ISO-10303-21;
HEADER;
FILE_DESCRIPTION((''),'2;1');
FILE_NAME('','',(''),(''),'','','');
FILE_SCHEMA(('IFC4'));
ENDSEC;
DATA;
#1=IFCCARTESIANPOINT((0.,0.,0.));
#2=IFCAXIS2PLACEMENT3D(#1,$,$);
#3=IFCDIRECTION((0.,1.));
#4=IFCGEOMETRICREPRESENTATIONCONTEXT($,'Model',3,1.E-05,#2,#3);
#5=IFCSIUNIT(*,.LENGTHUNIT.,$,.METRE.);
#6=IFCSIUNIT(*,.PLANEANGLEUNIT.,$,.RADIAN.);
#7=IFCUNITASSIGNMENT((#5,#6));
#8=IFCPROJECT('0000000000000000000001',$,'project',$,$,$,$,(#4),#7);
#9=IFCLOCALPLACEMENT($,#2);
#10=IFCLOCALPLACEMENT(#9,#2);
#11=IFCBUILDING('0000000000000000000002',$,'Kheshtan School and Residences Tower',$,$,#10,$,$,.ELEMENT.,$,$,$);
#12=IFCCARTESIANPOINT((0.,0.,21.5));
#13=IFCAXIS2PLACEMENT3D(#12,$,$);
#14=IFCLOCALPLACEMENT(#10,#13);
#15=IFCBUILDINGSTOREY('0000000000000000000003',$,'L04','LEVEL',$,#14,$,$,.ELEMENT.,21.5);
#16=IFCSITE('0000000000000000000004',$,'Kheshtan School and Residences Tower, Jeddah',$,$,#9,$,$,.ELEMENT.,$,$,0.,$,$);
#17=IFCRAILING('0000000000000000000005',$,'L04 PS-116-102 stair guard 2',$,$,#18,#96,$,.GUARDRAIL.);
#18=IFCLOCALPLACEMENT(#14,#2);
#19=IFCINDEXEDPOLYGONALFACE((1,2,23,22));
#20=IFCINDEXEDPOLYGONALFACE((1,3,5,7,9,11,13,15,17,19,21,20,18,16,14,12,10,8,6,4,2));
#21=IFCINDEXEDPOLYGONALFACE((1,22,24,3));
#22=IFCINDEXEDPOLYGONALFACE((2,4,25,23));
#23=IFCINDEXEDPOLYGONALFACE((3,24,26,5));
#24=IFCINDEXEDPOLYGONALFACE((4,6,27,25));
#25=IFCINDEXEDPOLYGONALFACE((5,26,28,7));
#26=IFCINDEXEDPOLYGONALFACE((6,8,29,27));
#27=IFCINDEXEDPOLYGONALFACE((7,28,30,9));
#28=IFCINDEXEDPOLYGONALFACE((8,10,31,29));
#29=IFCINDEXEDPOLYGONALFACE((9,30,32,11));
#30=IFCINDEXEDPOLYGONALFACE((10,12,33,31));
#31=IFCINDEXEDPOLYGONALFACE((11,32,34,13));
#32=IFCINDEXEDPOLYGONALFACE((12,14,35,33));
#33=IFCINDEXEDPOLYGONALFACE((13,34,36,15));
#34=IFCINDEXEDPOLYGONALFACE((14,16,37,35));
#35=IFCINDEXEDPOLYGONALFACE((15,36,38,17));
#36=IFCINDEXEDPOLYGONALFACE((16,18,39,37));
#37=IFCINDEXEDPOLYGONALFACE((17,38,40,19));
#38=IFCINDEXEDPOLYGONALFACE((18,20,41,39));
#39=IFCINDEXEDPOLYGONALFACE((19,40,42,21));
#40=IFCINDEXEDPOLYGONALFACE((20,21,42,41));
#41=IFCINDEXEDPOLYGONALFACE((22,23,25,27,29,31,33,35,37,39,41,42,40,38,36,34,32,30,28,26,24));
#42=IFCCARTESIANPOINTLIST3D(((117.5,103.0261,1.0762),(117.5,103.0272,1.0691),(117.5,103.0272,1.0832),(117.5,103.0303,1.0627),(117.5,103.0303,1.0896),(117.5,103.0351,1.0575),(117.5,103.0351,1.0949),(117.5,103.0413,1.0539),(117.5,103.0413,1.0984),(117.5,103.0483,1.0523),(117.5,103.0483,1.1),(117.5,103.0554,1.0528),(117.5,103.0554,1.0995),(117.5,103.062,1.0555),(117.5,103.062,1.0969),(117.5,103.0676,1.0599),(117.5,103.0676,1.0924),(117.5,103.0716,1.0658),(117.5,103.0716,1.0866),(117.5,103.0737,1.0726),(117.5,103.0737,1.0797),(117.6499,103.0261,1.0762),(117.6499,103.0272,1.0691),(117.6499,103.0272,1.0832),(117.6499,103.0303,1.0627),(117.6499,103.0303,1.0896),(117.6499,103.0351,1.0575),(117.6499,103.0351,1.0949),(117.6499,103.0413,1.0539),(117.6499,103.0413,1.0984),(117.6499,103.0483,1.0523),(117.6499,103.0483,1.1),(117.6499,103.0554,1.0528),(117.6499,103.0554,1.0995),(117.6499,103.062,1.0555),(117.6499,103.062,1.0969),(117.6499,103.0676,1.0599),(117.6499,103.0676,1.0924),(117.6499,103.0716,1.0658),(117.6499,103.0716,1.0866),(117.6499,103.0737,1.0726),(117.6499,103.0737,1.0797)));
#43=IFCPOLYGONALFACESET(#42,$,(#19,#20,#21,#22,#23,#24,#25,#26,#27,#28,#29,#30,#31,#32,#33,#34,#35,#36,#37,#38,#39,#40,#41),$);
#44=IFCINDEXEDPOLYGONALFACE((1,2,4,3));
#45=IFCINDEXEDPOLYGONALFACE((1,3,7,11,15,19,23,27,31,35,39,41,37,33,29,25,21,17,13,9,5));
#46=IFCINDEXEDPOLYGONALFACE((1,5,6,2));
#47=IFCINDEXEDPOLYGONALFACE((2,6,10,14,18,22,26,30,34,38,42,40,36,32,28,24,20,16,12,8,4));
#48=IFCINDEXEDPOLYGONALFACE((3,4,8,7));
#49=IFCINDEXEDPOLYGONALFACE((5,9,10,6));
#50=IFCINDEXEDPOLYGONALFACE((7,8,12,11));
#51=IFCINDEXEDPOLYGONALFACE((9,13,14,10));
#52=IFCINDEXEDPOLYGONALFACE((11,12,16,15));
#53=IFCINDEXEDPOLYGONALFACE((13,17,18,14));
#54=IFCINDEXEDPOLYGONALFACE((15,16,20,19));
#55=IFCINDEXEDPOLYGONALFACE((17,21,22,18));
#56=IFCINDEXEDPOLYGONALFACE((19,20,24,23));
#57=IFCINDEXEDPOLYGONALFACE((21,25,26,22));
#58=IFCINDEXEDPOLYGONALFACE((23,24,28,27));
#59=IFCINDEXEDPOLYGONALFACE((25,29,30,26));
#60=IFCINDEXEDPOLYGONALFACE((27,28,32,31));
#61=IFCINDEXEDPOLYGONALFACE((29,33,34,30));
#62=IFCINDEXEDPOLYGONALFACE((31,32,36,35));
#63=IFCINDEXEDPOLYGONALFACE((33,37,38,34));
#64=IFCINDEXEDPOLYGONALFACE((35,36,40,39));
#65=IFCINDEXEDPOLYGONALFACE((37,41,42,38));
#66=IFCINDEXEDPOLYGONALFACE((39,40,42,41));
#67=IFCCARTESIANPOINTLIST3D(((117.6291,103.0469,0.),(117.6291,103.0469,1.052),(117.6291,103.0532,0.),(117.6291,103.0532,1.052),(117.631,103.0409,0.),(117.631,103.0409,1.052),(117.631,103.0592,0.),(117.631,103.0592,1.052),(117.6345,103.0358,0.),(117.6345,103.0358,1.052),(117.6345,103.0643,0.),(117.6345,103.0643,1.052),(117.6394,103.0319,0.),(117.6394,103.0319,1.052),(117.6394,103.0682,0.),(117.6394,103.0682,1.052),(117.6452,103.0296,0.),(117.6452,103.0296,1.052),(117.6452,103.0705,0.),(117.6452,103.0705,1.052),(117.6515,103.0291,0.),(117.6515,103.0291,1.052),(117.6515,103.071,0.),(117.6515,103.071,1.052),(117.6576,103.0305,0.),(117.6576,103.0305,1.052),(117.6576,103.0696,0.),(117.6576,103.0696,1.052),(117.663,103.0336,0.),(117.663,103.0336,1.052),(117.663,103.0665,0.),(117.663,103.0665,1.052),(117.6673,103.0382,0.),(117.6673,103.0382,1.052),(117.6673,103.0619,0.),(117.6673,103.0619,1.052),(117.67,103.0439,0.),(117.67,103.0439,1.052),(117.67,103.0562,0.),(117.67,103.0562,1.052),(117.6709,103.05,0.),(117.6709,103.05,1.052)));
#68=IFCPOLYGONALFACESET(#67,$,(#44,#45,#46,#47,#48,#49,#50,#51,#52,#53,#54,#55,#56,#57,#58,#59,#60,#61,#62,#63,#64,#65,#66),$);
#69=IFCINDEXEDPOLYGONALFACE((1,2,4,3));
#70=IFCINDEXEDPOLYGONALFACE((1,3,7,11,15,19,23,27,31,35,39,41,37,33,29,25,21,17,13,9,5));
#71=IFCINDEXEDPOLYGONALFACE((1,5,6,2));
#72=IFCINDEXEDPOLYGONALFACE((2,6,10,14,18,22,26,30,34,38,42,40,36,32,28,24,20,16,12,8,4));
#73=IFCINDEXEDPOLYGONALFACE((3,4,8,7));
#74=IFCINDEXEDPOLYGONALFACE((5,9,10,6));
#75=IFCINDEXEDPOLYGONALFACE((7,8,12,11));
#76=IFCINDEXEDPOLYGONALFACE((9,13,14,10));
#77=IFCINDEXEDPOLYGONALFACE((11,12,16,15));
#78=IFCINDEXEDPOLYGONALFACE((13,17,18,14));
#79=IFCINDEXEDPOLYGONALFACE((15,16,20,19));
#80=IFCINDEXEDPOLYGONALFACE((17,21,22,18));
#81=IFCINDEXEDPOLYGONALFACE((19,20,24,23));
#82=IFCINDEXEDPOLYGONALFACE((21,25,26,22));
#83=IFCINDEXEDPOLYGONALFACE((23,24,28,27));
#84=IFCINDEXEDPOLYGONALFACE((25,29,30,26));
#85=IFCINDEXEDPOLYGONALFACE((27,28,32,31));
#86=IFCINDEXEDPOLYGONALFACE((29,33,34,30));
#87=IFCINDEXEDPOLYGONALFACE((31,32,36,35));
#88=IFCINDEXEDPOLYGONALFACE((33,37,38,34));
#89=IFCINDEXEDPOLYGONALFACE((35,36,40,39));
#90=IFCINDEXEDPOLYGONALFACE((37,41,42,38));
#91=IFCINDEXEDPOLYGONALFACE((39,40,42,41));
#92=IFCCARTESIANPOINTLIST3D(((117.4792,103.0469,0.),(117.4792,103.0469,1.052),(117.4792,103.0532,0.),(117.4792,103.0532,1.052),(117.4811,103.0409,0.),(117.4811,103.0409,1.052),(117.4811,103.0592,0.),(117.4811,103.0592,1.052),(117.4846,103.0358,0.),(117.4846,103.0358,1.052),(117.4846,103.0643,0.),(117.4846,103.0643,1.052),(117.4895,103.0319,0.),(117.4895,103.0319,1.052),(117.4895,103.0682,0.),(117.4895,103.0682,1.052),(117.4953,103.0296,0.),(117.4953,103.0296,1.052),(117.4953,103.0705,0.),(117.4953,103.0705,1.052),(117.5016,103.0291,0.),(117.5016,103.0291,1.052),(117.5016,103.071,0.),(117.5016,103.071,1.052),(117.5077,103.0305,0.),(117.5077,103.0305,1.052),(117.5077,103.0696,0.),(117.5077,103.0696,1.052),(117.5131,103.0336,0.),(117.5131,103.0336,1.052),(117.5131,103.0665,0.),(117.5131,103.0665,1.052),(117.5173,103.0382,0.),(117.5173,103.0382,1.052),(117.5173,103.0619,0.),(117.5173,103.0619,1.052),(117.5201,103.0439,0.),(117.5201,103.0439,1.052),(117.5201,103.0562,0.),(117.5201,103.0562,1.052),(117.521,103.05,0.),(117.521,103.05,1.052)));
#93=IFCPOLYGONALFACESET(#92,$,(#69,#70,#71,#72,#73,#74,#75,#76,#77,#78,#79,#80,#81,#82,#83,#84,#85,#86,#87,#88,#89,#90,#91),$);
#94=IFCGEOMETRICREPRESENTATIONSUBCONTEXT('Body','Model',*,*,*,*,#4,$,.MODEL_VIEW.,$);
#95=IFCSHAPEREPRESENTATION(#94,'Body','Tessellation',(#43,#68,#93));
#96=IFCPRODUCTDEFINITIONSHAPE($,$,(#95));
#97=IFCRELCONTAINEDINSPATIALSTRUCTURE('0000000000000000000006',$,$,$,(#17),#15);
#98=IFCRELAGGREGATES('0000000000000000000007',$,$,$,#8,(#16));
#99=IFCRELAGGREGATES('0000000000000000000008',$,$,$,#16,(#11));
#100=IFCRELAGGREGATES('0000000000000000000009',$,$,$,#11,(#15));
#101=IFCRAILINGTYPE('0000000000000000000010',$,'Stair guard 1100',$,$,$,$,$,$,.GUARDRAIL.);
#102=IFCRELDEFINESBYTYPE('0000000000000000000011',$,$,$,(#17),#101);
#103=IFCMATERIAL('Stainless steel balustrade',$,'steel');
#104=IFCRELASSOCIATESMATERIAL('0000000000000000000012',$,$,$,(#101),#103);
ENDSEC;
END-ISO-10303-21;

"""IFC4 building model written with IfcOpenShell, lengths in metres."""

from ifc_helpers import new_model, si_unit, direction, frame, origin, origin_2d, place, context, subcontext, project, spatial, circle, extrude, material, type_object, element, save


model = new_model("IFC4")

# Units and contexts
model_context = context("Model", 3, precision=1e-05, world=origin(), true_north=direction((0.0, 1.0)))
body_context = subcontext(model_context, "Body", "Model", "MODEL_VIEW")
ifc_project = project(units=[si_unit("LENGTHUNIT", "METRE"), si_unit("PLANEANGLEUNIT", "RADIAN")], contexts=[model_context])

# Site, building, storey
site_placement = place(None, origin())
site = spatial("IfcSite", under=ifc_project, at=site_placement, Name="Kheshtan School and Residences Tower, Jeddah", CompositionType="ELEMENT", RefElevation=0.0)
building_placement = place(site_placement, origin())
building = spatial("IfcBuilding", under=site, at=building_placement, Name="Kheshtan School and Residences Tower", CompositionType="ELEMENT")
storey_placement = place(building_placement, frame((0.0, 0.0, 21.5)))
storey = spatial("IfcBuildingStorey", under=building, at=storey_placement, Name="L04", Description="LEVEL", CompositionType="ELEMENT", Elevation=21.5)

# Railing
ifc_material_1 = material(Name="Stainless steel balustrade", Category="steel")
railing_type_1 = type_object("IfcRailingType", Name="Stair guard 1100", PredefinedType="GUARDRAIL", material=ifc_material_1)
railing_1_placement = place(storey_placement, frame((117.6499, 103.05, 0.0)))
element("IfcRailing", 1, at=railing_1_placement, inside=storey, type_object=railing_type_1, Name="L04 PS-116-102 stair guard 2", PredefinedType="GUARDRAIL", context=body_context, shape_type="SweptSolid", body=[
    extrude(circle(Radius=0.0239, at=origin_2d()), frame((0.0, 0.0, 1.0762), z_axis=(-1.0, 0.0, 0.0), x_axis=(0.0, -1.0, 0.0)), (0.0, 0.0, 1.0), 0.1499),
    extrude(circle(Radius=0.021, at=origin_2d()), origin(), (0.0, 0.0, 1.0), 1.052),
    extrude(circle(Radius=0.021, at=origin_2d()), frame((-0.1499, 0.0, 0.0)), (0.0, 0.0, 1.0), 1.052),
])

save(model, "model.ifc")
